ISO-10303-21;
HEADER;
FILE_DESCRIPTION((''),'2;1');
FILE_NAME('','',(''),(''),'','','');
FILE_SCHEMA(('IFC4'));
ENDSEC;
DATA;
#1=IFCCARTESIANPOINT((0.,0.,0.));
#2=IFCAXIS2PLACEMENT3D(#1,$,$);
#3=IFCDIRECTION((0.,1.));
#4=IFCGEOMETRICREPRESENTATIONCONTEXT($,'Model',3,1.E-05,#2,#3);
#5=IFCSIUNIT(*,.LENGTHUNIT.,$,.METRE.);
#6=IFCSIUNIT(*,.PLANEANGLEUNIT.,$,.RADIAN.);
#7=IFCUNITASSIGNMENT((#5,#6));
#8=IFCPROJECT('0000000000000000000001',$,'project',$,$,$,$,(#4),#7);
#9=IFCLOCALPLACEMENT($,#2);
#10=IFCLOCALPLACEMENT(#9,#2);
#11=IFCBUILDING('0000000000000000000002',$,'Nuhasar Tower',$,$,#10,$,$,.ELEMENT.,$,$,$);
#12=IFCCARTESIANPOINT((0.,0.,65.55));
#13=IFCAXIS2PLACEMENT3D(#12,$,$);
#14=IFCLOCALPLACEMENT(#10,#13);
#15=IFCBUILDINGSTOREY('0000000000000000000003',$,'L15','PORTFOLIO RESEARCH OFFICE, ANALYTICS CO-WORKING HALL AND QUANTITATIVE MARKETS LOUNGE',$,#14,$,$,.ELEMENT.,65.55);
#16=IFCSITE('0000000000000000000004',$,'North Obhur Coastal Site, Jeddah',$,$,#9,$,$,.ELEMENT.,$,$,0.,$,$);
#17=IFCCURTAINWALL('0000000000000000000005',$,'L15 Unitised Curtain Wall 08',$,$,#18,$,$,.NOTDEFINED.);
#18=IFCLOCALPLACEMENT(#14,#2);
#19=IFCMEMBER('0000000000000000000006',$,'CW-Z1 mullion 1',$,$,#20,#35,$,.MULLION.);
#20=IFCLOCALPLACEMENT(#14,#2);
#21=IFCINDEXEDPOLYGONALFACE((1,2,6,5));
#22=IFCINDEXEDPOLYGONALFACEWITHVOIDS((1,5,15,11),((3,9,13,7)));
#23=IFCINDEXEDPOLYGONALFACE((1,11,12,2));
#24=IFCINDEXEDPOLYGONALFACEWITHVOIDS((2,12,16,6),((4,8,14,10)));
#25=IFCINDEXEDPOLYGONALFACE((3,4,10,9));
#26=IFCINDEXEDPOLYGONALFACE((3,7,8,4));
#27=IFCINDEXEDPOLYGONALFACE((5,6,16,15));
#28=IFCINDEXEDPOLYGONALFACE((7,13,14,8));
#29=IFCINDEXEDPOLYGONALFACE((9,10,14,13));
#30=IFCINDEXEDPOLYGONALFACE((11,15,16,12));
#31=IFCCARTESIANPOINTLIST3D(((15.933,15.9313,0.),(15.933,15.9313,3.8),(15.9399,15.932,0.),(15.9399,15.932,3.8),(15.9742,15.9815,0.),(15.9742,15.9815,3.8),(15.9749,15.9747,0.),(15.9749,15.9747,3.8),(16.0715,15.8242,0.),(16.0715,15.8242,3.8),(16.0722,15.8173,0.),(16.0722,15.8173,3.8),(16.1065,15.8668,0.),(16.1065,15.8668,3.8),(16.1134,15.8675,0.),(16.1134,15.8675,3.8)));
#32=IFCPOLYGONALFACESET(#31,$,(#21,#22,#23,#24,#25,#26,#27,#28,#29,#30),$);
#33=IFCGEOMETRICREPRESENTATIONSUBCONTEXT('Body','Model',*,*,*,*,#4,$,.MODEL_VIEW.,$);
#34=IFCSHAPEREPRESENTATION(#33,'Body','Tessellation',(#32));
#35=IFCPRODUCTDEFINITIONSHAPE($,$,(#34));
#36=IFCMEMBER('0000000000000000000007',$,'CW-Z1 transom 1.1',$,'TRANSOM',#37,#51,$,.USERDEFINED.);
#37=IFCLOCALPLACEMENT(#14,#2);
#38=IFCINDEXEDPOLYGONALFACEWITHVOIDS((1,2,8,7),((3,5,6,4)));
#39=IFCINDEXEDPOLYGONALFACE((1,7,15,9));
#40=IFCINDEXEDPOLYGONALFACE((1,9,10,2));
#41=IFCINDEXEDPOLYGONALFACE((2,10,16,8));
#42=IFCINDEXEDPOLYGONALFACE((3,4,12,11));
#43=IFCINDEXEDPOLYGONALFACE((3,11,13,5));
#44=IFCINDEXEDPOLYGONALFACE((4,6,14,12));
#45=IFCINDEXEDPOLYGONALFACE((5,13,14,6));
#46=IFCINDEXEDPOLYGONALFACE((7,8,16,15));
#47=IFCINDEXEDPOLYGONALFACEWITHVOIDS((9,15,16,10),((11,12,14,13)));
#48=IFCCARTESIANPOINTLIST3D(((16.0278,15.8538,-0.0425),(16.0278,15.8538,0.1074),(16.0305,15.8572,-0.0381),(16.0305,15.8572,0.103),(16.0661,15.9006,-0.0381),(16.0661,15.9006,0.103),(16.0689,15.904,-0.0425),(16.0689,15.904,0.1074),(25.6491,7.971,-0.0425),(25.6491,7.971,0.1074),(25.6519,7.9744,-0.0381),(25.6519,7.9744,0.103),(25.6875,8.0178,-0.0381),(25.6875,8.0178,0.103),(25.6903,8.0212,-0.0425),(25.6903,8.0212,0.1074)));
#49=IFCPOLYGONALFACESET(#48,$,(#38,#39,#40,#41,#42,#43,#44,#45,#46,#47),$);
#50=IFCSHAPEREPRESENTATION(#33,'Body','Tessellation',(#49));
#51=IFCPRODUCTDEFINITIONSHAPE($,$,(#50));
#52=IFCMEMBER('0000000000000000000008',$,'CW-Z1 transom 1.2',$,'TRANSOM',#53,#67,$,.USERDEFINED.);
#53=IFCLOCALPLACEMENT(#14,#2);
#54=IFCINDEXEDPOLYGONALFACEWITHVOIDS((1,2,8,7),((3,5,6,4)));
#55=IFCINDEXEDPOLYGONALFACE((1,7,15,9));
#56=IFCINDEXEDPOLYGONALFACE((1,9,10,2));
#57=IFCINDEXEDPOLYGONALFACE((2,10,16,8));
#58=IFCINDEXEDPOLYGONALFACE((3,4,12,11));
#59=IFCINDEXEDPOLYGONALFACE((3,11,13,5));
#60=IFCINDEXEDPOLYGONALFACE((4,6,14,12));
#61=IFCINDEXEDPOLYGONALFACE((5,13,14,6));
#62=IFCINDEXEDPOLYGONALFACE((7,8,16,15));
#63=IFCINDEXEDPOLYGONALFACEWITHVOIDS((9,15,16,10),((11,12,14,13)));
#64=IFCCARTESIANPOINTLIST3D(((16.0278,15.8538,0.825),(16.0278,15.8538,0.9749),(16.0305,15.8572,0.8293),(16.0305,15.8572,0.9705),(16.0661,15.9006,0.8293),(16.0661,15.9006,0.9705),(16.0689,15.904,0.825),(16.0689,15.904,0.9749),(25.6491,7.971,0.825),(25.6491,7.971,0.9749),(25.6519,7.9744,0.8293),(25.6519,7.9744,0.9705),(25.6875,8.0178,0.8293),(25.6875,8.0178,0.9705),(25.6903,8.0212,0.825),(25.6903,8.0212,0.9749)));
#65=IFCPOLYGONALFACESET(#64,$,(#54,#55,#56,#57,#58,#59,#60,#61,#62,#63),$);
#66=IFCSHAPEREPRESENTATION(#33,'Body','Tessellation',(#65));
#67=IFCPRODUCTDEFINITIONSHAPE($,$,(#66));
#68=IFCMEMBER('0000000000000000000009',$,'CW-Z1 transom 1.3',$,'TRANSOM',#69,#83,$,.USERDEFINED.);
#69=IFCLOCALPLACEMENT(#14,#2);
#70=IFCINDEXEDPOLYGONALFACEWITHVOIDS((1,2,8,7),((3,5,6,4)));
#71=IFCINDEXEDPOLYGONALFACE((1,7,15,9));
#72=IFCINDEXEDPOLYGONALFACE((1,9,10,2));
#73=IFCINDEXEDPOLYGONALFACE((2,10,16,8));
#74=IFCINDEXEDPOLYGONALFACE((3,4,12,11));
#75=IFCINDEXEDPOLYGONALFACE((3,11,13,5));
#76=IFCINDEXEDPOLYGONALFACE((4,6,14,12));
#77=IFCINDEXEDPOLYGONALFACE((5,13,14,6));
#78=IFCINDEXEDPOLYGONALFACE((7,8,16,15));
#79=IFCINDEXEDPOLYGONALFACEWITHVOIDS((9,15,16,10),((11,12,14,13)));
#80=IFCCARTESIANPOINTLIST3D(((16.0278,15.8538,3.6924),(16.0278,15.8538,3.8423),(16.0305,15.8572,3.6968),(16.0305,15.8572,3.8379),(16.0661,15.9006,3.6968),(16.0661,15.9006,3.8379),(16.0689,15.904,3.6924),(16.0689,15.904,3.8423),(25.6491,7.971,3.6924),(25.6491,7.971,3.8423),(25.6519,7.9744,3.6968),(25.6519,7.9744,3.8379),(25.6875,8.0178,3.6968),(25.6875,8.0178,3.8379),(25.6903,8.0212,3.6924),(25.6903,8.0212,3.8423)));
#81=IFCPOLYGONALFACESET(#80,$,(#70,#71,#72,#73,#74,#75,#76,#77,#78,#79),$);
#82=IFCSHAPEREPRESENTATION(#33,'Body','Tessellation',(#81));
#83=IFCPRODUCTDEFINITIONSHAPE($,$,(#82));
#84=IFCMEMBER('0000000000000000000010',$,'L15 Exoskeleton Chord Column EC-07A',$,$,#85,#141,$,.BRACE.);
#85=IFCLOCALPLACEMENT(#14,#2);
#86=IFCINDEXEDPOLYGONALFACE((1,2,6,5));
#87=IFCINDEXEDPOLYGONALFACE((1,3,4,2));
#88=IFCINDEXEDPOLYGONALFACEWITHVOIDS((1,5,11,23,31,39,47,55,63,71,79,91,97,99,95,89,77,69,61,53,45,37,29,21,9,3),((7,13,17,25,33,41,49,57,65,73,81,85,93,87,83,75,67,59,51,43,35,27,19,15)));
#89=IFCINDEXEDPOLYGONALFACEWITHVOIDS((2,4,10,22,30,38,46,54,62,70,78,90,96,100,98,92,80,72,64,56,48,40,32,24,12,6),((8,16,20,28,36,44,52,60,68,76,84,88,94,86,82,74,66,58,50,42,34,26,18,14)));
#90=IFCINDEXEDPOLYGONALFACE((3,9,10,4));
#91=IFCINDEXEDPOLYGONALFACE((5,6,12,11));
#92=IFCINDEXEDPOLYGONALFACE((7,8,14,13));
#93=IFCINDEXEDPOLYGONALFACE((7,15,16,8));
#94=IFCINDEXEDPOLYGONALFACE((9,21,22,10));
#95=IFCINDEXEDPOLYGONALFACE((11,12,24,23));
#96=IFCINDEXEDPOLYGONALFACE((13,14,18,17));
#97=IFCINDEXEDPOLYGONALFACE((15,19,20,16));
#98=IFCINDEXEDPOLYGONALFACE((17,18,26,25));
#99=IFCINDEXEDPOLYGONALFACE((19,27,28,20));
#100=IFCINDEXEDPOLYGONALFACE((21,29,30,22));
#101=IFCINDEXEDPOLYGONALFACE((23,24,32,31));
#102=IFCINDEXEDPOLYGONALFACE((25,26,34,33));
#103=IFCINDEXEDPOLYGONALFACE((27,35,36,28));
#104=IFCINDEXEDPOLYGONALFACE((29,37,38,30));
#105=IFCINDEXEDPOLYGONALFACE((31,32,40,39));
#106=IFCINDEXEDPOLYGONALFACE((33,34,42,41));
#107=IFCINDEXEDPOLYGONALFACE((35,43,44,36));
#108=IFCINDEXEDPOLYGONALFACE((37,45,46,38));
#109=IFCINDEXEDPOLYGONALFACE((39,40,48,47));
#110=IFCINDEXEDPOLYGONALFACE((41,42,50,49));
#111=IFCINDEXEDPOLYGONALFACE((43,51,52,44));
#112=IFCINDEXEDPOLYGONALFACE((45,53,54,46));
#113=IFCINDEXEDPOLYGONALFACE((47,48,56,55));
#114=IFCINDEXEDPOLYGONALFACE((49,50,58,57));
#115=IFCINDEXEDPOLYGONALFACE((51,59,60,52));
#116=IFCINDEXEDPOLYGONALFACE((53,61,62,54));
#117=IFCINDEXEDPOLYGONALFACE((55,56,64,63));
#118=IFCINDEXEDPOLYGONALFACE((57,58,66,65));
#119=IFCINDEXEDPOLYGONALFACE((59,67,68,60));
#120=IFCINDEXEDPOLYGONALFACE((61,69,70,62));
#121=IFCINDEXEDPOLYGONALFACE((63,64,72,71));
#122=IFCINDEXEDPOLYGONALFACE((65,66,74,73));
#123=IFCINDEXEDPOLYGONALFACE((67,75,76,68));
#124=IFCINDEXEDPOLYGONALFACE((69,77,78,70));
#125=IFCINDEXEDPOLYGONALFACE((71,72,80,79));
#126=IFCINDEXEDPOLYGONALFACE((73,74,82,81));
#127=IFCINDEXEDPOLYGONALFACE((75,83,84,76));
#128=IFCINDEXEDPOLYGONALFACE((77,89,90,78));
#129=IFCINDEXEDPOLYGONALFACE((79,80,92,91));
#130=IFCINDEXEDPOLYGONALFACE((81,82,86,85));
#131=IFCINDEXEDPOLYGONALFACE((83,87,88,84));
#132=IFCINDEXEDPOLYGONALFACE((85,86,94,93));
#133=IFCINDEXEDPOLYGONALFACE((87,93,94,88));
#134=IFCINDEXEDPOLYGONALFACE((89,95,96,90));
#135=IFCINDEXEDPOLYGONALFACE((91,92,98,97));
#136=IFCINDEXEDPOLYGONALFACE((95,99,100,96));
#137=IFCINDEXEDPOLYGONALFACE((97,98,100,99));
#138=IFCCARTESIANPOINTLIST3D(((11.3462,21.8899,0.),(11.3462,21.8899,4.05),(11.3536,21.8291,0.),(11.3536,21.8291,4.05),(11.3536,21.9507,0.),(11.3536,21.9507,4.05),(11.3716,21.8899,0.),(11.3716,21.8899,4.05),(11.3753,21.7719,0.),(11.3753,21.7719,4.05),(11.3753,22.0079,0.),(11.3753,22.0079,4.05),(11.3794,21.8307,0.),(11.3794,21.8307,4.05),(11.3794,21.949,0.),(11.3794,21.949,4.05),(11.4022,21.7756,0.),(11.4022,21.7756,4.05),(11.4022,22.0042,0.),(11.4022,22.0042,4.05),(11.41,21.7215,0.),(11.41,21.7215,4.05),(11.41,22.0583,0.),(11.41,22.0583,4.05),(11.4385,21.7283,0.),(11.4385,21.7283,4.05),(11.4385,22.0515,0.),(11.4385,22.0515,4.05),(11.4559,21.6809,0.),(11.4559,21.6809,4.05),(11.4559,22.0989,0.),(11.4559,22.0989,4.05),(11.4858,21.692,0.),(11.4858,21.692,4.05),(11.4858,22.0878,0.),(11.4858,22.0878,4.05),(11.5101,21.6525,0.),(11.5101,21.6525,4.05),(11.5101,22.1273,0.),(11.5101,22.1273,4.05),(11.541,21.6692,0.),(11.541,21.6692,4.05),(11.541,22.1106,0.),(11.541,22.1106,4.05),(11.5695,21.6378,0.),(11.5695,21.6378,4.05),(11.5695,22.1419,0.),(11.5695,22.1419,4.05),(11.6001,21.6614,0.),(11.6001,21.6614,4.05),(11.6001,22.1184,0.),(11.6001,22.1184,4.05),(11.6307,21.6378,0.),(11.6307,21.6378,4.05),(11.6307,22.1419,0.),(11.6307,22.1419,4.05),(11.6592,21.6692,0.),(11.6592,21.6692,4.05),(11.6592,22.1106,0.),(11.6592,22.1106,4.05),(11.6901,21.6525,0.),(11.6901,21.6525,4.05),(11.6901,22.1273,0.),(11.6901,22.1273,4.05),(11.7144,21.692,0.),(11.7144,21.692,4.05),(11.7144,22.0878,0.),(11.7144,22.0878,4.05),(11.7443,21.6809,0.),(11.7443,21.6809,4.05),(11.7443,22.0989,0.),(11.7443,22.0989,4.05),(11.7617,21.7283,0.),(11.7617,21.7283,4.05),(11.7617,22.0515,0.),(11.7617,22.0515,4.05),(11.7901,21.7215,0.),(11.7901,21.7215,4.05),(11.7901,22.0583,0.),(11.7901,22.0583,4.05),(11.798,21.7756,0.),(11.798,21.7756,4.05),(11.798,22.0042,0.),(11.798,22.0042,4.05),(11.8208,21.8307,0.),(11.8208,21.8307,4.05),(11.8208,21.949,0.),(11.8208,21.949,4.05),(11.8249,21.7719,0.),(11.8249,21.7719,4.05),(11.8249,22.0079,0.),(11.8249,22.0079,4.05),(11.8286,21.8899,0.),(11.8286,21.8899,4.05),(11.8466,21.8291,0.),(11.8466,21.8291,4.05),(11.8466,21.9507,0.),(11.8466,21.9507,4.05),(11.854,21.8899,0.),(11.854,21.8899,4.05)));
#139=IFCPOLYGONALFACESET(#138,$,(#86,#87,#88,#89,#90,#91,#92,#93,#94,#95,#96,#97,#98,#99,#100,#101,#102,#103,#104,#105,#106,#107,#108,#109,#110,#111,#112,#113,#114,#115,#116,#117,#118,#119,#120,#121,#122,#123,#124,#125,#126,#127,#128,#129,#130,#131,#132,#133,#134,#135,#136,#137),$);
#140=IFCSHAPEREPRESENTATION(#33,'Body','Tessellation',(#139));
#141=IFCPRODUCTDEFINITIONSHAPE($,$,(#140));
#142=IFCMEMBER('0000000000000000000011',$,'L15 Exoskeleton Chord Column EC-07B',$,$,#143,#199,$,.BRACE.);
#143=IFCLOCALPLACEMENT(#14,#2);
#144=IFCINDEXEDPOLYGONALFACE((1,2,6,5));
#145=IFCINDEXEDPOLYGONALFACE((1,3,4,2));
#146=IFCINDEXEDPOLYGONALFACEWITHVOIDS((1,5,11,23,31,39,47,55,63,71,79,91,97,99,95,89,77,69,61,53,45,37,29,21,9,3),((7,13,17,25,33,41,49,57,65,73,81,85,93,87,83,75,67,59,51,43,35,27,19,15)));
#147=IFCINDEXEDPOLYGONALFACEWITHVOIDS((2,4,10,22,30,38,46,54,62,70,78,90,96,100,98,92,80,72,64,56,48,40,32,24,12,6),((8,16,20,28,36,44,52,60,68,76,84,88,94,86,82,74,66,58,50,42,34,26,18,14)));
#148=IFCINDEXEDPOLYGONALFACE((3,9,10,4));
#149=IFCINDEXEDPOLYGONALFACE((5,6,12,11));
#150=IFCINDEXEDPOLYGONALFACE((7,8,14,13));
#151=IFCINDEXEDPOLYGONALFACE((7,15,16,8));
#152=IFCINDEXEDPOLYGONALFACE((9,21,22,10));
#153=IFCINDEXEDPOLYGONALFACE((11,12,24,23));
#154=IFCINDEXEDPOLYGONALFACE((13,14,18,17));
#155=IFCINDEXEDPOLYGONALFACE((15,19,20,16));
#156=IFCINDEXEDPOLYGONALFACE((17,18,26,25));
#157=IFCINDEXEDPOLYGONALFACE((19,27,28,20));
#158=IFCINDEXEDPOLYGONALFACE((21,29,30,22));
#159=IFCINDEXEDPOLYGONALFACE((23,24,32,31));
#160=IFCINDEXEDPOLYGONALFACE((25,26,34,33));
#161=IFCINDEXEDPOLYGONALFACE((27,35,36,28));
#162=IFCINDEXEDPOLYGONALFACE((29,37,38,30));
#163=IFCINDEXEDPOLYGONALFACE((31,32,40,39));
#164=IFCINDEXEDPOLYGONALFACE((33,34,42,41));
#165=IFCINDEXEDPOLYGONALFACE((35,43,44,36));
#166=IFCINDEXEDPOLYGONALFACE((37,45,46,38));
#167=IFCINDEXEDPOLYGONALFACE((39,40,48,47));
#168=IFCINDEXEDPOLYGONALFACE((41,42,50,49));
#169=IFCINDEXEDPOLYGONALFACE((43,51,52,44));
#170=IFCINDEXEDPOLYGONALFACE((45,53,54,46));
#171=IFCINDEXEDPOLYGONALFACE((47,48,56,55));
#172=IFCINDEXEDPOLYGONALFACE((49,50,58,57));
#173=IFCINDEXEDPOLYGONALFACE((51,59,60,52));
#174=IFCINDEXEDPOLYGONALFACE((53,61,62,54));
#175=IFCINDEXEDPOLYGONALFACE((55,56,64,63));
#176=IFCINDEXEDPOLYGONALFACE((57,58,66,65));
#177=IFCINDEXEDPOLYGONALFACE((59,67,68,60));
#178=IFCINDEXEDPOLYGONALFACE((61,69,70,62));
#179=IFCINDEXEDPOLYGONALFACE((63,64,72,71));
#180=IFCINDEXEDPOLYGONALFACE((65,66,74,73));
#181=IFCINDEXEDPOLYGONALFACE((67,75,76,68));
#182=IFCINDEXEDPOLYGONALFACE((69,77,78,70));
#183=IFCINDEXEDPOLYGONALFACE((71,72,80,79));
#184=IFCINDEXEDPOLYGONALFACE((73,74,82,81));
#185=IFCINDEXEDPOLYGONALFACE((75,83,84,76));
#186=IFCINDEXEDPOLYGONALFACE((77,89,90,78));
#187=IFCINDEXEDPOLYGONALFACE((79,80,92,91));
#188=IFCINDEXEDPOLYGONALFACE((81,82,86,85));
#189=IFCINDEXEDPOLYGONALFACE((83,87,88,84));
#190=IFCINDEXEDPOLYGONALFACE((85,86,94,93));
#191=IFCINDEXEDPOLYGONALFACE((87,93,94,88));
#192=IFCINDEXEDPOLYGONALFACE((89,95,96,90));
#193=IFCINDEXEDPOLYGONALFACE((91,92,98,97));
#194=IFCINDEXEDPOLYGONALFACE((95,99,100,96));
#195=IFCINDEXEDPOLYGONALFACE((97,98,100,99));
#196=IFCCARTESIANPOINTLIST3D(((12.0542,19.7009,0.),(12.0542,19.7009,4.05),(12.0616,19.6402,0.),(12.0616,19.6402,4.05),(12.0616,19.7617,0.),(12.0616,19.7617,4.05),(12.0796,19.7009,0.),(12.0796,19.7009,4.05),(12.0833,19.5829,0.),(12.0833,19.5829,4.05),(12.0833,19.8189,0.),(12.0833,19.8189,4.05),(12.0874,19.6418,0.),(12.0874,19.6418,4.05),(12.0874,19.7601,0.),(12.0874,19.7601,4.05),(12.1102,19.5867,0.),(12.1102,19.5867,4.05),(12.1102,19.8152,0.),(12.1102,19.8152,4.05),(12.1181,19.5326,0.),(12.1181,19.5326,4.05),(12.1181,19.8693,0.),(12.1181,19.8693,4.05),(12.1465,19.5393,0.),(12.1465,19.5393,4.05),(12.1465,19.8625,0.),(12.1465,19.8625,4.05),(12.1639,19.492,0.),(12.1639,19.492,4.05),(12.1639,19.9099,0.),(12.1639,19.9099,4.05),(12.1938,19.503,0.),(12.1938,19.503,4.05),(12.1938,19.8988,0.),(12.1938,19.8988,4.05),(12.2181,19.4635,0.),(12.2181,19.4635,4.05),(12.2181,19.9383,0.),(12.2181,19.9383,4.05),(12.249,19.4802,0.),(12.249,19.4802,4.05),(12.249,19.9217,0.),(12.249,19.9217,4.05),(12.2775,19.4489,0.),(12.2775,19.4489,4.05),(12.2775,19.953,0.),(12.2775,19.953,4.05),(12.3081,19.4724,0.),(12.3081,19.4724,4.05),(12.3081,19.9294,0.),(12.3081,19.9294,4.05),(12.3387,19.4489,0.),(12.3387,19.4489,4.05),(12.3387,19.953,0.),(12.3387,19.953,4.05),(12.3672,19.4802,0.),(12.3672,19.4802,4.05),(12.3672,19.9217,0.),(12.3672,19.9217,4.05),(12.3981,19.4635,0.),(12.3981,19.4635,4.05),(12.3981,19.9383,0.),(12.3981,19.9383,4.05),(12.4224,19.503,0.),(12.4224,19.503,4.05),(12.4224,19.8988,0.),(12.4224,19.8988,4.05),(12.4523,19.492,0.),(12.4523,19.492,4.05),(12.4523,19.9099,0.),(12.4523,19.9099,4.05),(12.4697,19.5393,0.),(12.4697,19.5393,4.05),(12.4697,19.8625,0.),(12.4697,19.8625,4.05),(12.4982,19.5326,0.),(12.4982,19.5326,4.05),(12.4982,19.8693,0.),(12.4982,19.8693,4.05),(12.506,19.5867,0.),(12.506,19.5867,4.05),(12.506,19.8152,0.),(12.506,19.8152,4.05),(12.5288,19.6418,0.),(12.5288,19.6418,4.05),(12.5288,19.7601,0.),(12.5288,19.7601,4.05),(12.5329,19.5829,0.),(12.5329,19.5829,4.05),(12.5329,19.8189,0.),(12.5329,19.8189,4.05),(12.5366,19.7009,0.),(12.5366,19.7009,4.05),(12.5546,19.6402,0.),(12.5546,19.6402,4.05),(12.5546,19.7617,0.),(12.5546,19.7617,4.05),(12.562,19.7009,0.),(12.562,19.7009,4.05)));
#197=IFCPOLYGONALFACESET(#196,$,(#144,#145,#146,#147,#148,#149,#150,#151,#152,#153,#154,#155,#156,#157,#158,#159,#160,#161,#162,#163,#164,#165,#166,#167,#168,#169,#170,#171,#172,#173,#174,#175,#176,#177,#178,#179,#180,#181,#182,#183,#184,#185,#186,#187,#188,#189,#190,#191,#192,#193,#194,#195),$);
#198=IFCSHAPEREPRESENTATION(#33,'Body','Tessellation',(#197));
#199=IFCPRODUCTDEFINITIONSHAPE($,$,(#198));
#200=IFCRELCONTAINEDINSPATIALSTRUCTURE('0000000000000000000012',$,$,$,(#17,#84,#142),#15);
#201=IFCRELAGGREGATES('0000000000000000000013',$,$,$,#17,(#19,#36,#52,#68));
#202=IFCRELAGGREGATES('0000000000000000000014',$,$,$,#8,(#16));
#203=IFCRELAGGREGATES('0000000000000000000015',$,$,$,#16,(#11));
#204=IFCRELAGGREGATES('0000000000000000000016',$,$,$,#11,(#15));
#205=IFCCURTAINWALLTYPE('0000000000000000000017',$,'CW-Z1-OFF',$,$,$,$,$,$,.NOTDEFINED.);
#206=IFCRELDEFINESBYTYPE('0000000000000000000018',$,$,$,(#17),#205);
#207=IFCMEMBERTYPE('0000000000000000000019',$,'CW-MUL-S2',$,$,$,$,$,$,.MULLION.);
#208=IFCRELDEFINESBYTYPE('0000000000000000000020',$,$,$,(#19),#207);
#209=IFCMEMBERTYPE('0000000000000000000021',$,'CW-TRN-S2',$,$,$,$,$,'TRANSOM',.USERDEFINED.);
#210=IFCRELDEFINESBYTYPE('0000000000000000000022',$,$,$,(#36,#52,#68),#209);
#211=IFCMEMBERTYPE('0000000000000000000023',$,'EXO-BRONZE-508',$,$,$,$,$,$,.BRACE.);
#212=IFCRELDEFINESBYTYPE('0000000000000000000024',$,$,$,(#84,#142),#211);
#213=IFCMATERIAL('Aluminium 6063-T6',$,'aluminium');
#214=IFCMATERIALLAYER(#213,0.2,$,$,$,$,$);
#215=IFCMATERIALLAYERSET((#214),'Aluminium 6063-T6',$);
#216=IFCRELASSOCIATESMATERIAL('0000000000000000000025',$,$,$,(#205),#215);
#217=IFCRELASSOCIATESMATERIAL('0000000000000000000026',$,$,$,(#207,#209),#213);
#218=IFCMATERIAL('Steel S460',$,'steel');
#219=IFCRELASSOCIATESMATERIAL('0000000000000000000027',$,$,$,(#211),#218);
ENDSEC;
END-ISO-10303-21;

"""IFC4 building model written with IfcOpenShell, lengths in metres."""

from ifc_helpers import new_model, si_unit, direction, frame, origin, origin_2d, place, context, subcontext, project, spatial, hollow_rectangle, hollow_circle, extrude, material, layer, layer_set, material_profile, profile_set, type_object, element, aggregate, save


model = new_model("IFC4")

# Units and contexts
model_context = context("Model", 3, precision=1e-05, world=origin(), true_north=direction((0.0, 1.0)))
body_context = subcontext(model_context, "Body", "Model", "MODEL_VIEW")
ifc_project = project(units=[si_unit("LENGTHUNIT", "METRE"), si_unit("PLANEANGLEUNIT", "RADIAN")], contexts=[model_context])

# Site, building, storey
site_placement = place(None, origin())
site = spatial("IfcSite", under=ifc_project, at=site_placement, Name="North Obhur Coastal Site, Jeddah", CompositionType="ELEMENT", RefElevation=0.0)
building_placement = place(site_placement, origin())
building = spatial("IfcBuilding", under=site, at=building_placement, Name="Nuhasar Tower", CompositionType="ELEMENT")
storey_placement = place(building_placement, frame((0.0, 0.0, 65.55)))
storey = spatial("IfcBuildingStorey", under=building, at=storey_placement, Name="L15", Description="PORTFOLIO RESEARCH OFFICE, ANALYTICS CO-WORKING HALL AND QUANTITATIVE MARKETS LOUNGE", CompositionType="ELEMENT", Elevation=65.55)

# Shared definitions
ifc_material_1 = material(Name="Aluminium 6063-T6", Category="aluminium")
ifc_layer_1 = layer(ifc_material_1, 0.2)
ifc_layer_set_1 = layer_set([ifc_layer_1], Name="Aluminium 6063-T6")
curtain_wall_type = type_object("IfcCurtainWallType", Name="CW-Z1-OFF", PredefinedType="NOTDEFINED", material=ifc_layer_set_1)
ifc_material_profile_1 = material_profile(ifc_material_1, hollow_rectangle(XDim=0.0649, YDim=0.1799, WallThickness=0.0049, at=origin_2d()), Name="CWM-2")
ifc_profile_set_1 = profile_set([ifc_material_profile_1], Name="Aluminium 6063-T6")
member_type_1 = type_object("IfcMemberType", Name="CW-MUL-S2", PredefinedType="MULLION", material=ifc_profile_set_1)

# Curtain wall, members
curtain_wall_1_placement = place(storey_placement, origin())
curtain_wall_1 = element("IfcCurtainWall", 1, at=curtain_wall_1_placement, inside=storey, type_object=curtain_wall_type, Name="L15 Unitised Curtain Wall 08", PredefinedType="NOTDEFINED")
member_1_placement = place(storey_placement, frame((16.0232, 15.8994, 0.0), z_axis=(0.0, 0.0, 1.0), x_axis=(0.633745, 0.773542, 0.0)))
member_1 = element("IfcMember", 2, at=member_1_placement, type_object=member_type_1, Name="CW-Z1 mullion 1", PredefinedType="MULLION", context=body_context, shape_type="SweptSolid", body=[
    extrude(hollow_rectangle(XDim=0.0649, YDim=0.1799, WallThickness=0.0049, at=origin_2d()), origin(), (0.0, 0.0, 1.0), 3.8),
])
ifc_material_profile_2 = material_profile(ifc_material_1, hollow_rectangle(XDim=0.0649, YDim=0.1499, WallThickness=0.0044, at=origin_2d()), Name="CWT-2")
ifc_profile_set_2 = profile_set([ifc_material_profile_2], Name="Aluminium 6063-T6")
member_type_2 = type_object("IfcMemberType", Name="CW-TRN-S2", ElementType="TRANSOM", PredefinedType="USERDEFINED", material=ifc_profile_set_2)
member_2_placement = place(storey_placement, frame((16.0483, 15.8789, 0.0325), z_axis=(0.773531, -0.633758, 0.0), x_axis=(0.633758, 0.773531, 0.0)))
member_2 = element("IfcMember", 3, at=member_2_placement, type_object=member_type_2, Name="CW-Z1 transom 1.1", ObjectType="TRANSOM", PredefinedType="USERDEFINED", context=body_context, shape_type="SweptSolid", body=[
    extrude(hollow_rectangle(XDim=0.0649, YDim=0.1499, WallThickness=0.0044, at=origin_2d()), origin(), (0.0, 0.0, 1.0), 12.4382),
])
member_3_placement = place(storey_placement, frame((16.0483, 15.8789, 0.8999), z_axis=(0.773531, -0.633758, 0.0), x_axis=(0.633758, 0.773531, 0.0)))
member_3 = element("IfcMember", 4, at=member_3_placement, type_object=member_type_2, Name="CW-Z1 transom 1.2", ObjectType="TRANSOM", PredefinedType="USERDEFINED", context=body_context, shape_type="SweptSolid", body=[
    extrude(hollow_rectangle(XDim=0.0649, YDim=0.1499, WallThickness=0.0044, at=origin_2d()), origin(), (0.0, 0.0, 1.0), 12.4382),
])
member_4_placement = place(storey_placement, frame((16.0483, 15.8789, 3.7673), z_axis=(0.773531, -0.633758, 0.0), x_axis=(0.633758, 0.773531, 0.0)))
member_4 = element("IfcMember", 5, at=member_4_placement, type_object=member_type_2, Name="CW-Z1 transom 1.3", ObjectType="TRANSOM", PredefinedType="USERDEFINED", context=body_context, shape_type="SweptSolid", body=[
    extrude(hollow_rectangle(XDim=0.0649, YDim=0.1499, WallThickness=0.0044, at=origin_2d()), origin(), (0.0, 0.0, 1.0), 12.4382),
])
aggregate(curtain_wall_1, [member_1, member_2, member_3, member_4])

# Members
ifc_material_2 = material(Name="Steel S460", Category="steel")
ifc_material_profile_3 = material_profile(ifc_material_2, hollow_circle(Radius=0.2539, WallThickness=0.0254, at=origin_2d()), Name="HSS508X25.4")
ifc_profile_set_3 = profile_set([ifc_material_profile_3], Name="Steel S460")
member_type_3 = type_object("IfcMemberType", Name="EXO-BRONZE-508", PredefinedType="BRACE", material=ifc_profile_set_3)
for number, where, z_axis, x_axis, name in (
    (6, (11.6001, 21.8899, 0.0), (0.0, 0.0, 1.0), (1.0, 0.0, 0.0), "L15 Exoskeleton Chord Column EC-07A"),
    (7, (12.3081, 19.7009, 0.0), (0.0, 0.0, 1.0), (1.0, 0.0, 0.0), "L15 Exoskeleton Chord Column EC-07B"),
):
    element("IfcMember", number, at=place(storey_placement, frame(where, z_axis=z_axis, x_axis=x_axis)), inside=storey, type_object=member_type_3, Name=name, PredefinedType="BRACE", context=body_context, shape_type="SweptSolid", body=[
        extrude(hollow_circle(Radius=0.2539, WallThickness=0.0254, at=origin_2d()), origin(), (0.0, 0.0, 1.0), 4.05),
    ])

save(model, "model.ifc")
